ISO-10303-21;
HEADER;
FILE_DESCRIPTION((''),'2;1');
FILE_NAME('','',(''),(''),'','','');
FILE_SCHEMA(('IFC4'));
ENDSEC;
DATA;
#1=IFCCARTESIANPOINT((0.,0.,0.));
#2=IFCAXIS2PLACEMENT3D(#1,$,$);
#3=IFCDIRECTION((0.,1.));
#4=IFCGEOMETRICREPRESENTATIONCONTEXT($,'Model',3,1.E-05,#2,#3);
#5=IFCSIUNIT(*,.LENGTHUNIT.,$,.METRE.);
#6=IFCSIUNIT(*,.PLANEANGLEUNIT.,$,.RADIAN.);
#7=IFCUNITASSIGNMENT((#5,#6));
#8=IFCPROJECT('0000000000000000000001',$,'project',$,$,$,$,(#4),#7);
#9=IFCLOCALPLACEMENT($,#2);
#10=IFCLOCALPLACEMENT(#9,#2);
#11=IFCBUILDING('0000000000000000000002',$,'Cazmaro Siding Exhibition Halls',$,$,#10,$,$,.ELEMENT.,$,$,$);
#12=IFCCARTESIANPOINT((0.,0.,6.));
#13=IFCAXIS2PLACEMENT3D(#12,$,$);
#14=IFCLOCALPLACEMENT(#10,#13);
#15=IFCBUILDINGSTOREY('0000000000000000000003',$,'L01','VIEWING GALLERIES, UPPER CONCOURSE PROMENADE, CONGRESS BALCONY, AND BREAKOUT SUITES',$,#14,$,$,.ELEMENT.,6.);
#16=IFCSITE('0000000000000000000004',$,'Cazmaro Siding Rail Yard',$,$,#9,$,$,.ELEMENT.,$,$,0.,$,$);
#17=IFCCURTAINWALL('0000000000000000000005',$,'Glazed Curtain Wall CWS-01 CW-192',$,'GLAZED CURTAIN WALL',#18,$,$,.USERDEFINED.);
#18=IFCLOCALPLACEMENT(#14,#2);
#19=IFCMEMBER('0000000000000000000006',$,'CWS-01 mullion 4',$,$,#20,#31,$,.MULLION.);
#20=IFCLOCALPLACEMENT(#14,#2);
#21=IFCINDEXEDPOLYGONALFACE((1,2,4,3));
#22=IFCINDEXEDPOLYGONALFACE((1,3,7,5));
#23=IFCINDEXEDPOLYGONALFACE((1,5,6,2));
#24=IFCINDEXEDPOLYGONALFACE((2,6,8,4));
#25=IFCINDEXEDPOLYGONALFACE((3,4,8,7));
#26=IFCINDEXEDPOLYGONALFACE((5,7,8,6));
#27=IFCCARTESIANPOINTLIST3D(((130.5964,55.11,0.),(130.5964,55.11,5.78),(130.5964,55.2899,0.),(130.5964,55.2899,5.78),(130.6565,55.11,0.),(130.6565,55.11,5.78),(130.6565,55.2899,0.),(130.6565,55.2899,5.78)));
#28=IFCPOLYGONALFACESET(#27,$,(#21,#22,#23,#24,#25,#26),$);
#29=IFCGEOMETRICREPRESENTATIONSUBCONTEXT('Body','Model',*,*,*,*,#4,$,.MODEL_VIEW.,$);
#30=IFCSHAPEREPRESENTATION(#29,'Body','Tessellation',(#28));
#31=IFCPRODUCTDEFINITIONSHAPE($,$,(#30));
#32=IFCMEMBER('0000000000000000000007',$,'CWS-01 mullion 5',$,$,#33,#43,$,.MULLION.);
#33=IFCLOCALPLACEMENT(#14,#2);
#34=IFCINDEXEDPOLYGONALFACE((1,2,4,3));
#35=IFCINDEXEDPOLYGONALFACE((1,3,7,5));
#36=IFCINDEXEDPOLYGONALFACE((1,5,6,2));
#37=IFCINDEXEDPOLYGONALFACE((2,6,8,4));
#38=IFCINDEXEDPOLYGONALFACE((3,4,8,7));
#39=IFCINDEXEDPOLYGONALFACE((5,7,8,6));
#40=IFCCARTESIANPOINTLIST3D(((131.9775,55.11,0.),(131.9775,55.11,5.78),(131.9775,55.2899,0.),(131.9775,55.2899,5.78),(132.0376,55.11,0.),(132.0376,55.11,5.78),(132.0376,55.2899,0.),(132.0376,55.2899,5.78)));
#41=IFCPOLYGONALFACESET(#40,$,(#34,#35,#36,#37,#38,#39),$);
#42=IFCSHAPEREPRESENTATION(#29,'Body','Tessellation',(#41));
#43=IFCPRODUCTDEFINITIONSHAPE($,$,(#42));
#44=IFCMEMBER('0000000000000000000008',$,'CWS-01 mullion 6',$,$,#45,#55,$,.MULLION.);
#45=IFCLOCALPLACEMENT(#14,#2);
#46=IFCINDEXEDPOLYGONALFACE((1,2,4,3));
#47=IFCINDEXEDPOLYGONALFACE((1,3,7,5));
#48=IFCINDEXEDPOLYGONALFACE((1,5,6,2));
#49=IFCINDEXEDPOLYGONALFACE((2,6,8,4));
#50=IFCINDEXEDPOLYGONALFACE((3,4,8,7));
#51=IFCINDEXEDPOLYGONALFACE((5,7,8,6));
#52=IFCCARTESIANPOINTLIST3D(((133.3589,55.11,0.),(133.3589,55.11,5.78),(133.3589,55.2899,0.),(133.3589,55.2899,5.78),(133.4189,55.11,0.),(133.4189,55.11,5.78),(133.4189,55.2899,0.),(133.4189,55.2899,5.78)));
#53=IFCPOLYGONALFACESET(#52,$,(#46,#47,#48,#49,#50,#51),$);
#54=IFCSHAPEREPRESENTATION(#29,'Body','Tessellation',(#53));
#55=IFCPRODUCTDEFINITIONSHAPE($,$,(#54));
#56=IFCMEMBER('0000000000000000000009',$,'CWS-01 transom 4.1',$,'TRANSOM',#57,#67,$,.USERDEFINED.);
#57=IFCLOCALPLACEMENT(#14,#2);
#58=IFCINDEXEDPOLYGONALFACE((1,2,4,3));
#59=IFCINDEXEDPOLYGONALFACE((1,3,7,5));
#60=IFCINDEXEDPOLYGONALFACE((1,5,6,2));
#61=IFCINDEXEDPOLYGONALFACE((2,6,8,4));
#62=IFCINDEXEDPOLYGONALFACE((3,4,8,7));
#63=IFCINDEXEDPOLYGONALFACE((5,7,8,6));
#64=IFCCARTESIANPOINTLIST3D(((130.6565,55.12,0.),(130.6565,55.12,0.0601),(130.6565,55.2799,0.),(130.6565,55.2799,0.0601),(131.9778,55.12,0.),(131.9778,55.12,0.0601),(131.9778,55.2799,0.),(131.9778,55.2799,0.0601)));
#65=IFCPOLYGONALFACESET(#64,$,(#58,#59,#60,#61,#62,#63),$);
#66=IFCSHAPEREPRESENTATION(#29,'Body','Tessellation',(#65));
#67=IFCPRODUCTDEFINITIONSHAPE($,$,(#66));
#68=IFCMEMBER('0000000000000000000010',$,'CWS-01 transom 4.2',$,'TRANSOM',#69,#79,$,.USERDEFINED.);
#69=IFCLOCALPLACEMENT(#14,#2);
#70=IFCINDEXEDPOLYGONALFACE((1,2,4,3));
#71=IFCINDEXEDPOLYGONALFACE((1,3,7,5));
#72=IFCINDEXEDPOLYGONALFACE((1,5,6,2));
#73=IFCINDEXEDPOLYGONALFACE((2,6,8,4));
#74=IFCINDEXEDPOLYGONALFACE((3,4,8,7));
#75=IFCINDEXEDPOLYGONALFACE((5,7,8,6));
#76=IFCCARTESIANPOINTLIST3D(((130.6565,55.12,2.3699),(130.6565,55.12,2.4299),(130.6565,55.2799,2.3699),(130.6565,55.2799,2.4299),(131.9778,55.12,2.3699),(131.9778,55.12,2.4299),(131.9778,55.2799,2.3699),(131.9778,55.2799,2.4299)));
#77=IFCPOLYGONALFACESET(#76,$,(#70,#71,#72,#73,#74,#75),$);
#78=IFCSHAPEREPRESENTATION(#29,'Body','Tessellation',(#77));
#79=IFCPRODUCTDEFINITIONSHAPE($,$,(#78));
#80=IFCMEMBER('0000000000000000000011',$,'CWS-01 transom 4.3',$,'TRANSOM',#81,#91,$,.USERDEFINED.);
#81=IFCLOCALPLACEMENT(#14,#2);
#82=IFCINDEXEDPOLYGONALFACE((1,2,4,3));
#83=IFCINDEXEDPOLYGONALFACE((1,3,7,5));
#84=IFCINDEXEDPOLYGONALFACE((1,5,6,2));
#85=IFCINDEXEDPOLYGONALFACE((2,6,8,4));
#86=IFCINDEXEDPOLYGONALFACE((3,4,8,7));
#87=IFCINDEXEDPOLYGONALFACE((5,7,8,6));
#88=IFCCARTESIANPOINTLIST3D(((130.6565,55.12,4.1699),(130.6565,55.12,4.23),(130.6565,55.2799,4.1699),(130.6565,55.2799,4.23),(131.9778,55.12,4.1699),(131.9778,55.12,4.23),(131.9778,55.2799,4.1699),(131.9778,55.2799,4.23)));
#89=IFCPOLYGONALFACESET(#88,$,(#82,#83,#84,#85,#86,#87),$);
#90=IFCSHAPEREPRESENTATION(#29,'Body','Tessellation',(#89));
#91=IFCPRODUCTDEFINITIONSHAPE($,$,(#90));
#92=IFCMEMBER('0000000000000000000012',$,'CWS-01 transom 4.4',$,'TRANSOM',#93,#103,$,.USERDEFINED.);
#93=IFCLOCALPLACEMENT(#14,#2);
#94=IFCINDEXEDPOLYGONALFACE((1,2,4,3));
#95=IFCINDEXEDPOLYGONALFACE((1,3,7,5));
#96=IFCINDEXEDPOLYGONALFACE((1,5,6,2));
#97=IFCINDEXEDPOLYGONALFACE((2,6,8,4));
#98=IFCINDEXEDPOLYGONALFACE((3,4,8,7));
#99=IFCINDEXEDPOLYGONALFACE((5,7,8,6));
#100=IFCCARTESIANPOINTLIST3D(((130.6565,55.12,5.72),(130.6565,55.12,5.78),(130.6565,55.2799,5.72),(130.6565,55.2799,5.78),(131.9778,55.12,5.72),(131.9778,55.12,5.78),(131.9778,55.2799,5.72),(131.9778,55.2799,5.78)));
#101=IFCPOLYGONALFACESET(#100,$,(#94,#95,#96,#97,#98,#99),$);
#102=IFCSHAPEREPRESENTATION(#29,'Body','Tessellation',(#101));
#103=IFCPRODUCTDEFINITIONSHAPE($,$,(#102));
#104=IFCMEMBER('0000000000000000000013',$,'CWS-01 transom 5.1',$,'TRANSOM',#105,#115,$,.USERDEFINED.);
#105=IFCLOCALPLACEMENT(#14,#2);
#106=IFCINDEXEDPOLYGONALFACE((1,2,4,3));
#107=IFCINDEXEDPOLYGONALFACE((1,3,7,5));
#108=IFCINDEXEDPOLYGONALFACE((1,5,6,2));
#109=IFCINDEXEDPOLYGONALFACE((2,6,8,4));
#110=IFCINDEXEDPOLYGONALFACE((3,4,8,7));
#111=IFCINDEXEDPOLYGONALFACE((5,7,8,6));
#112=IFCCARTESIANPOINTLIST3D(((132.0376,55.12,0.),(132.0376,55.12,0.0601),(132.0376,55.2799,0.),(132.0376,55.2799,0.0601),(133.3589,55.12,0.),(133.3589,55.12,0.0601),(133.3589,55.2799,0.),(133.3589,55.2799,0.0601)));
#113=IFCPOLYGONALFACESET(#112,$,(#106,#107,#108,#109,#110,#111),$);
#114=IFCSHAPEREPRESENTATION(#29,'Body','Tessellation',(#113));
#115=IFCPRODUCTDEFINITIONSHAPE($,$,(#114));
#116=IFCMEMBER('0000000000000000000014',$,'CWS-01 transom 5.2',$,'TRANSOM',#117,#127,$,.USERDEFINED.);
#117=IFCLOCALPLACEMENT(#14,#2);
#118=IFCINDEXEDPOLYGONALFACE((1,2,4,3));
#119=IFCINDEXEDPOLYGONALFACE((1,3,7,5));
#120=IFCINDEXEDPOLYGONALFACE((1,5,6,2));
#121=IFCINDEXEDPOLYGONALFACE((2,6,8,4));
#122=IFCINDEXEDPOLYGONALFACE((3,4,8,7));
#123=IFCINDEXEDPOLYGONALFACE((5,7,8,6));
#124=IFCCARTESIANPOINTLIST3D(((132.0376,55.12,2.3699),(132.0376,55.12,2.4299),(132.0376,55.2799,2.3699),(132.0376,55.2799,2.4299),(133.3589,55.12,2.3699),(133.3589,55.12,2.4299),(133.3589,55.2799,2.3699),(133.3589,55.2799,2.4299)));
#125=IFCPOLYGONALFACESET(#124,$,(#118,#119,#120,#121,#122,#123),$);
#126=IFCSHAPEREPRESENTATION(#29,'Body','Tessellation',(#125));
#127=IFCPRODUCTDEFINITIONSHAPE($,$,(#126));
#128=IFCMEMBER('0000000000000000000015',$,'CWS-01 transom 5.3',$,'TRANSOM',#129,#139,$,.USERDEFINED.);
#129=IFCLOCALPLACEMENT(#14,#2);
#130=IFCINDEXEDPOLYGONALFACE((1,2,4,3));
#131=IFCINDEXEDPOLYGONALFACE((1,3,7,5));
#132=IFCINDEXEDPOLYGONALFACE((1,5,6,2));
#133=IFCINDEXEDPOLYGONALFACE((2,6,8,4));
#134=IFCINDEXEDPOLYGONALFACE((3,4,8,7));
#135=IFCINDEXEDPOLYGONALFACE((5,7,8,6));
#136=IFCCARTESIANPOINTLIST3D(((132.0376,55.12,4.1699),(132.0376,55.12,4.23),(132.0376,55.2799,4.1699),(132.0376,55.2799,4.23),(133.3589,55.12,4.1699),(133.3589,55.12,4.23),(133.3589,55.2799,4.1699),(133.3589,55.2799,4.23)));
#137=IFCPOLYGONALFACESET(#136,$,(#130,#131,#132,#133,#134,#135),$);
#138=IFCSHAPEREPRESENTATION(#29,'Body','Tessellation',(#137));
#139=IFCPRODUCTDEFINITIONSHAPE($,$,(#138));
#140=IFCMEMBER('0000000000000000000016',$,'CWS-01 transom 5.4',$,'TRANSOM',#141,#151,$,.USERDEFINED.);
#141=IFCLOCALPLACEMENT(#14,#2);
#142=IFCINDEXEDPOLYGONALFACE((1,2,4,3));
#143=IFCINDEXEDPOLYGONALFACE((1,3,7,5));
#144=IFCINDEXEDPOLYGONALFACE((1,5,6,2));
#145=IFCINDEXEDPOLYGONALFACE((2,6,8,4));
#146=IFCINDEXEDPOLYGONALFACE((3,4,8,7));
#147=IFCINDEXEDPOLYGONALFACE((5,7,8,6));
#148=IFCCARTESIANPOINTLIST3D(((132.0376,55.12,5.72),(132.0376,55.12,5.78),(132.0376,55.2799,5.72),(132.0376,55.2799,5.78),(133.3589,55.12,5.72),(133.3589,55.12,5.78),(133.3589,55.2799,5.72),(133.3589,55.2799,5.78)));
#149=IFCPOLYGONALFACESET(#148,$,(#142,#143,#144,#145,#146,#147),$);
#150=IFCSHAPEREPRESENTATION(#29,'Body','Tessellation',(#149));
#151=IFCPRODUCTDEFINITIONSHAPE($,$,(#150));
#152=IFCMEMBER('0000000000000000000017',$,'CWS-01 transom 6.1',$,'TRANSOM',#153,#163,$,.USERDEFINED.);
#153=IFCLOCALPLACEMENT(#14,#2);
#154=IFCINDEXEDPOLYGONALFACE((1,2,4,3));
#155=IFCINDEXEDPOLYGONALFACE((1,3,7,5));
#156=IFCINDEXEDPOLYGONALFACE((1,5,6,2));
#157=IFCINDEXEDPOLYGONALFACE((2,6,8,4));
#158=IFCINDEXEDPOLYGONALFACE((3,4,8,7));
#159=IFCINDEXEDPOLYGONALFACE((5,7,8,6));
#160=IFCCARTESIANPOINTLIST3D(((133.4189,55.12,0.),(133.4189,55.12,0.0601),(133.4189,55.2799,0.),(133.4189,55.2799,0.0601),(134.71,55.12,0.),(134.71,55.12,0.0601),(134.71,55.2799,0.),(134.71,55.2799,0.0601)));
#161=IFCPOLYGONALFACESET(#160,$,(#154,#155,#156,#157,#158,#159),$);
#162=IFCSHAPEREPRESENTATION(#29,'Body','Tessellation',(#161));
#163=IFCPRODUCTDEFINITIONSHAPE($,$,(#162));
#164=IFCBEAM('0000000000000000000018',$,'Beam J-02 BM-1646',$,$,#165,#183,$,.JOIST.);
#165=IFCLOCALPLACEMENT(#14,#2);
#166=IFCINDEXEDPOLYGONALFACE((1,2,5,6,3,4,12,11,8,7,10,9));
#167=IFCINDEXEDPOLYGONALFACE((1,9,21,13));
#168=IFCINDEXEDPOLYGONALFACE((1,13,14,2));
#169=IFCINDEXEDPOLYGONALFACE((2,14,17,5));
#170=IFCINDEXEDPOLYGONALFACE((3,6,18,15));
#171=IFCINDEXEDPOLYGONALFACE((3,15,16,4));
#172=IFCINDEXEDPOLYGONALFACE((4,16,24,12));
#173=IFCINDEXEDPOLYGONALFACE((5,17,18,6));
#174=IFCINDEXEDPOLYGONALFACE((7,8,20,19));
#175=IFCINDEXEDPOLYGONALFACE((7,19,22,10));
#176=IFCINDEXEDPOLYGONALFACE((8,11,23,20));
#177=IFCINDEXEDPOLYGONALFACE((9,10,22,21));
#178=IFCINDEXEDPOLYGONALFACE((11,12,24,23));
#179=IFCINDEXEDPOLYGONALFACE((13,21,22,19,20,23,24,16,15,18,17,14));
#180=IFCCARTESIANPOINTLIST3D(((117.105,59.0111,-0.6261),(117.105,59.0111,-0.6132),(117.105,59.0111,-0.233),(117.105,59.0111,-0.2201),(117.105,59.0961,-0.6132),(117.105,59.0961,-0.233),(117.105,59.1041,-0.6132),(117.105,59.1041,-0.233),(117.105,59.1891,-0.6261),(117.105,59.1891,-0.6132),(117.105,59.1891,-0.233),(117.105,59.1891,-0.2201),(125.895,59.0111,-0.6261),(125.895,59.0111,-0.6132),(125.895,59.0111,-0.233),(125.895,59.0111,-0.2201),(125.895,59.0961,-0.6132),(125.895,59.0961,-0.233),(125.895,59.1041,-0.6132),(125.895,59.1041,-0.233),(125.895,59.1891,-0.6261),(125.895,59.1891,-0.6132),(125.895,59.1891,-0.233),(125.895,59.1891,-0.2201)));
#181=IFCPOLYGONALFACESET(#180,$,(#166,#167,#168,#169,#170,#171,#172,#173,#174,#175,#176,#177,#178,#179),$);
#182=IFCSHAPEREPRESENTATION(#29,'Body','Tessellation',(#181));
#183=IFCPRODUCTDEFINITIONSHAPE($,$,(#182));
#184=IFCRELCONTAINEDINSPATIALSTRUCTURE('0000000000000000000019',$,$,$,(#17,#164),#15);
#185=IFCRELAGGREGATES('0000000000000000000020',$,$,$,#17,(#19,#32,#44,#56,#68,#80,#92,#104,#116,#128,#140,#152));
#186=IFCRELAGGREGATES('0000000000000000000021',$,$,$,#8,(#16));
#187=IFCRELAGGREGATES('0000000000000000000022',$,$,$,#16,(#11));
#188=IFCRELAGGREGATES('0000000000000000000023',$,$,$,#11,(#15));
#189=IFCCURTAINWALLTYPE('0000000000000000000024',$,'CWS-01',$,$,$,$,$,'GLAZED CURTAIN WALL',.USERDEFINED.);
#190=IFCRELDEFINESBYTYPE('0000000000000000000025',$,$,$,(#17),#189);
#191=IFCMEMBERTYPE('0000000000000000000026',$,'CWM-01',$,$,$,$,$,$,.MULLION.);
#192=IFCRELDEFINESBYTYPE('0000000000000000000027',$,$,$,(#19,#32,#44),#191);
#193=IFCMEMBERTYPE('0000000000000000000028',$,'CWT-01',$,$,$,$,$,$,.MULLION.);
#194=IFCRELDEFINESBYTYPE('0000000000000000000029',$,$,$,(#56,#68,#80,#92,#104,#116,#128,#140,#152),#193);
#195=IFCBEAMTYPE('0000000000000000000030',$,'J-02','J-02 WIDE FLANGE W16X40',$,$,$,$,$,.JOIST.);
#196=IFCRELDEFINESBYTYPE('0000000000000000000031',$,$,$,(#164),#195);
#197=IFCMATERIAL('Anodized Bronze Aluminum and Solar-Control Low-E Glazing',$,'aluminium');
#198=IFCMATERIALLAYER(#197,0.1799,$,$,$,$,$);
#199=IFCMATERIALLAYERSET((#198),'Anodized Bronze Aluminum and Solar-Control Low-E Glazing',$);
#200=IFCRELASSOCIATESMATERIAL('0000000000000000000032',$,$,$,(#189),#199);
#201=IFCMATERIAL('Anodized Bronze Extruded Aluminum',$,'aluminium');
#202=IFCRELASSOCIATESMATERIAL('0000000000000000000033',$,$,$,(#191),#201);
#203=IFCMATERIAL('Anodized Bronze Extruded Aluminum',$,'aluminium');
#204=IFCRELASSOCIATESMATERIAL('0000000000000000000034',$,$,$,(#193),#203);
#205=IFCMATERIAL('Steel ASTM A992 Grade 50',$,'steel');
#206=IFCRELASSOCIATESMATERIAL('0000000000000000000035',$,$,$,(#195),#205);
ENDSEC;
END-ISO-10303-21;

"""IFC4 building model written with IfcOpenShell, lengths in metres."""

from ifc_helpers import new_model, si_unit, direction, frame, origin, origin_2d, place, context, subcontext, project, spatial, rectangle, i_section, extrude, material, layer, layer_set, material_profile, profile_set, type_object, element, aggregate, save


model = new_model("IFC4")

# Units and contexts
model_context = context("Model", 3, precision=1e-05, world=origin(), true_north=direction((0.0, 1.0)))
body_context = subcontext(model_context, "Body", "Model", "MODEL_VIEW")
ifc_project = project(units=[si_unit("LENGTHUNIT", "METRE"), si_unit("PLANEANGLEUNIT", "RADIAN")], contexts=[model_context])

# Site, building, storey
site_placement = place(None, origin())
site = spatial("IfcSite", under=ifc_project, at=site_placement, Name="Cazmaro Siding Rail Yard", CompositionType="ELEMENT", RefElevation=0.0)
building_placement = place(site_placement, origin())
building = spatial("IfcBuilding", under=site, at=building_placement, Name="Cazmaro Siding Exhibition Halls", CompositionType="ELEMENT")
storey_placement = place(building_placement, frame((0.0, 0.0, 6.0)))
storey = spatial("IfcBuildingStorey", under=building, at=storey_placement, Name="L01", Description="VIEWING GALLERIES, UPPER CONCOURSE PROMENADE, CONGRESS BALCONY, AND BREAKOUT SUITES", CompositionType="ELEMENT", Elevation=6.0)

# Curtain wall, members
ifc_material_1 = material(Name="Anodized Bronze Aluminum and Solar-Control Low-E Glazing", Category="aluminium")
ifc_layer_1 = layer(ifc_material_1, 0.1799)
ifc_layer_set_1 = layer_set([ifc_layer_1], Name="Anodized Bronze Aluminum and Solar-Control Low-E Glazing")
curtain_wall_type = type_object("IfcCurtainWallType", Name="CWS-01", ElementType="GLAZED CURTAIN WALL", PredefinedType="USERDEFINED", material=ifc_layer_set_1)
curtain_wall_placement = place(storey_placement, origin())
curtain_wall = element("IfcCurtainWall", 1, at=curtain_wall_placement, inside=storey, type_object=curtain_wall_type, Name="Glazed Curtain Wall CWS-01 CW-192", ObjectType="GLAZED CURTAIN WALL", PredefinedType="USERDEFINED")
ifc_material_2 = material(Name="Anodized Bronze Extruded Aluminum", Category="aluminium")
ifc_material_profile_1 = material_profile(ifc_material_2, rectangle(XDim=0.1799, YDim=0.0601, at=origin_2d()), Name="CWM-01")
ifc_profile_set_1 = profile_set([ifc_material_profile_1], Name="Anodized Bronze Extruded Aluminum")
member_type_1 = type_object("IfcMemberType", Name="CWM-01", PredefinedType="MULLION", material=ifc_profile_set_1)
member_1_placement = place(storey_placement, frame((130.6265, 55.2, 0.0), z_axis=(0.0, 0.0, 1.0), x_axis=(0.0, 1.0, 0.0)))
member_1 = element("IfcMember", 2, at=member_1_placement, type_object=member_type_1, Name="CWS-01 mullion 4", PredefinedType="MULLION", context=body_context, shape_type="SweptSolid", body=[
    extrude(rectangle(XDim=0.1799, YDim=0.0601, at=origin_2d()), origin(), (0.0, 0.0, 1.0), 5.78),
])
member_2_placement = place(storey_placement, frame((132.0076, 55.2, 0.0), z_axis=(0.0, 0.0, 1.0), x_axis=(0.0, 1.0, 0.0)))
member_2 = element("IfcMember", 3, at=member_2_placement, type_object=member_type_1, Name="CWS-01 mullion 5", PredefinedType="MULLION", context=body_context, shape_type="SweptSolid", body=[
    extrude(rectangle(XDim=0.1799, YDim=0.0601, at=origin_2d()), origin(), (0.0, 0.0, 1.0), 5.78),
])
member_3_placement = place(storey_placement, frame((133.3889, 55.2, 0.0), z_axis=(0.0, 0.0, 1.0), x_axis=(0.0, 1.0, 0.0)))
member_3 = element("IfcMember", 4, at=member_3_placement, type_object=member_type_1, Name="CWS-01 mullion 6", PredefinedType="MULLION", context=body_context, shape_type="SweptSolid", body=[
    extrude(rectangle(XDim=0.1799, YDim=0.0601, at=origin_2d()), origin(), (0.0, 0.0, 1.0), 5.78),
])
ifc_material_3 = material(Name="Anodized Bronze Extruded Aluminum", Category="aluminium")
ifc_material_profile_2 = material_profile(ifc_material_3, rectangle(XDim=0.1599, YDim=0.0601, at=origin_2d()), Name="CWT-01")
ifc_profile_set_2 = profile_set([ifc_material_profile_2], Name="Anodized Bronze Extruded Aluminum")
member_type_2 = type_object("IfcMemberType", Name="CWT-01", PredefinedType="MULLION", material=ifc_profile_set_2)
member_4_placement = place(storey_placement, frame((130.6565, 55.2, 0.03), z_axis=(1.0, 0.0, 0.0), x_axis=(0.0, 1.0, 0.0)))
member_4 = element("IfcMember", 5, at=member_4_placement, type_object=member_type_2, Name="CWS-01 transom 4.1", ObjectType="TRANSOM", PredefinedType="USERDEFINED", context=body_context, shape_type="SweptSolid", body=[
    extrude(rectangle(XDim=0.1599, YDim=0.0601, at=origin_2d()), origin(), (0.0, 0.0, 1.0), 1.3213),
])
member_5_placement = place(storey_placement, frame((130.6565, 55.2, 2.3999), z_axis=(1.0, 0.0, 0.0), x_axis=(0.0, 1.0, 0.0)))
member_5 = element("IfcMember", 6, at=member_5_placement, type_object=member_type_2, Name="CWS-01 transom 4.2", ObjectType="TRANSOM", PredefinedType="USERDEFINED", context=body_context, shape_type="SweptSolid", body=[
    extrude(rectangle(XDim=0.1599, YDim=0.0601, at=origin_2d()), origin(), (0.0, 0.0, 1.0), 1.3213),
])
member_6_placement = place(storey_placement, frame((130.6565, 55.2, 4.2), z_axis=(1.0, 0.0, 0.0), x_axis=(0.0, 1.0, 0.0)))
member_6 = element("IfcMember", 7, at=member_6_placement, type_object=member_type_2, Name="CWS-01 transom 4.3", ObjectType="TRANSOM", PredefinedType="USERDEFINED", context=body_context, shape_type="SweptSolid", body=[
    extrude(rectangle(XDim=0.1599, YDim=0.0601, at=origin_2d()), origin(), (0.0, 0.0, 1.0), 1.3213),
])
member_7_placement = place(storey_placement, frame((130.6565, 55.2, 5.75), z_axis=(1.0, 0.0, 0.0), x_axis=(0.0, 1.0, 0.0)))
member_7 = element("IfcMember", 8, at=member_7_placement, type_object=member_type_2, Name="CWS-01 transom 4.4", ObjectType="TRANSOM", PredefinedType="USERDEFINED", context=body_context, shape_type="SweptSolid", body=[
    extrude(rectangle(XDim=0.1599, YDim=0.0601, at=origin_2d()), origin(), (0.0, 0.0, 1.0), 1.3213),
])
member_8_placement = place(storey_placement, frame((132.0376, 55.2, 0.03), z_axis=(1.0, 0.0, 0.0), x_axis=(0.0, 1.0, 0.0)))
member_8 = element("IfcMember", 9, at=member_8_placement, type_object=member_type_2, Name="CWS-01 transom 5.1", ObjectType="TRANSOM", PredefinedType="USERDEFINED", context=body_context, shape_type="SweptSolid", body=[
    extrude(rectangle(XDim=0.1599, YDim=0.0601, at=origin_2d()), origin(), (0.0, 0.0, 1.0), 1.3213),
])
member_9_placement = place(storey_placement, frame((132.0376, 55.2, 2.3999), z_axis=(1.0, 0.0, 0.0), x_axis=(0.0, 1.0, 0.0)))
member_9 = element("IfcMember", 10, at=member_9_placement, type_object=member_type_2, Name="CWS-01 transom 5.2", ObjectType="TRANSOM", PredefinedType="USERDEFINED", context=body_context, shape_type="SweptSolid", body=[
    extrude(rectangle(XDim=0.1599, YDim=0.0601, at=origin_2d()), origin(), (0.0, 0.0, 1.0), 1.3213),
])
member_10_placement = place(storey_placement, frame((132.0376, 55.2, 4.2), z_axis=(1.0, 0.0, 0.0), x_axis=(0.0, 1.0, 0.0)))
member_10 = element("IfcMember", 11, at=member_10_placement, type_object=member_type_2, Name="CWS-01 transom 5.3", ObjectType="TRANSOM", PredefinedType="USERDEFINED", context=body_context, shape_type="SweptSolid", body=[
    extrude(rectangle(XDim=0.1599, YDim=0.0601, at=origin_2d()), origin(), (0.0, 0.0, 1.0), 1.3213),
])
member_11_placement = place(storey_placement, frame((132.0376, 55.2, 5.75), z_axis=(1.0, 0.0, 0.0), x_axis=(0.0, 1.0, 0.0)))
member_11 = element("IfcMember", 12, at=member_11_placement, type_object=member_type_2, Name="CWS-01 transom 5.4", ObjectType="TRANSOM", PredefinedType="USERDEFINED", context=body_context, shape_type="SweptSolid", body=[
    extrude(rectangle(XDim=0.1599, YDim=0.0601, at=origin_2d()), origin(), (0.0, 0.0, 1.0), 1.3213),
])
member_12_placement = place(storey_placement, frame((133.4189, 55.2, 0.03), z_axis=(1.0, 0.0, 0.0), x_axis=(0.0, 1.0, 0.0)))
member_12 = element("IfcMember", 13, at=member_12_placement, type_object=member_type_2, Name="CWS-01 transom 6.1", ObjectType="TRANSOM", PredefinedType="USERDEFINED", context=body_context, shape_type="SweptSolid", body=[
    extrude(rectangle(XDim=0.1599, YDim=0.0601, at=origin_2d()), origin(), (0.0, 0.0, 1.0), 1.291),
])

# Beam
ifc_material_4 = material(Name="Steel ASTM A992 Grade 50", Category="steel")
ifc_material_profile_3 = material_profile(ifc_material_4, i_section(OverallWidth=0.178, OverallDepth=0.406, WebThickness=0.0081, FlangeThickness=0.0129, at=origin_2d()), Name="W16X40")
ifc_profile_set_3 = profile_set([ifc_material_profile_3], Name="Steel ASTM A992 Grade 50")
beam_type = type_object("IfcBeamType", Name="J-02", Description="J-02 WIDE FLANGE W16X40", PredefinedType="JOIST", material=ifc_profile_set_3)
beam_placement = place(storey_placement, frame((117.105, 59.1001, -0.4231), z_axis=(1.0, 0.0, 0.0), x_axis=(0.0, 1.0, 0.0)))
element("IfcBeam", 14, at=beam_placement, inside=storey, type_object=beam_type, Name="Beam J-02 BM-1646", PredefinedType="JOIST", context=body_context, shape_type="SweptSolid", body=[
    extrude(i_section(OverallWidth=0.178, OverallDepth=0.406, WebThickness=0.0081, FlangeThickness=0.0129, at=origin_2d()), origin(), (0.0, 0.0, 1.0), 8.79),
])

aggregate(curtain_wall, [member_1, member_2, member_3, member_4, member_5, member_6, member_7, member_8, member_9, member_10, member_11, member_12])

save(model, "model.ifc")
